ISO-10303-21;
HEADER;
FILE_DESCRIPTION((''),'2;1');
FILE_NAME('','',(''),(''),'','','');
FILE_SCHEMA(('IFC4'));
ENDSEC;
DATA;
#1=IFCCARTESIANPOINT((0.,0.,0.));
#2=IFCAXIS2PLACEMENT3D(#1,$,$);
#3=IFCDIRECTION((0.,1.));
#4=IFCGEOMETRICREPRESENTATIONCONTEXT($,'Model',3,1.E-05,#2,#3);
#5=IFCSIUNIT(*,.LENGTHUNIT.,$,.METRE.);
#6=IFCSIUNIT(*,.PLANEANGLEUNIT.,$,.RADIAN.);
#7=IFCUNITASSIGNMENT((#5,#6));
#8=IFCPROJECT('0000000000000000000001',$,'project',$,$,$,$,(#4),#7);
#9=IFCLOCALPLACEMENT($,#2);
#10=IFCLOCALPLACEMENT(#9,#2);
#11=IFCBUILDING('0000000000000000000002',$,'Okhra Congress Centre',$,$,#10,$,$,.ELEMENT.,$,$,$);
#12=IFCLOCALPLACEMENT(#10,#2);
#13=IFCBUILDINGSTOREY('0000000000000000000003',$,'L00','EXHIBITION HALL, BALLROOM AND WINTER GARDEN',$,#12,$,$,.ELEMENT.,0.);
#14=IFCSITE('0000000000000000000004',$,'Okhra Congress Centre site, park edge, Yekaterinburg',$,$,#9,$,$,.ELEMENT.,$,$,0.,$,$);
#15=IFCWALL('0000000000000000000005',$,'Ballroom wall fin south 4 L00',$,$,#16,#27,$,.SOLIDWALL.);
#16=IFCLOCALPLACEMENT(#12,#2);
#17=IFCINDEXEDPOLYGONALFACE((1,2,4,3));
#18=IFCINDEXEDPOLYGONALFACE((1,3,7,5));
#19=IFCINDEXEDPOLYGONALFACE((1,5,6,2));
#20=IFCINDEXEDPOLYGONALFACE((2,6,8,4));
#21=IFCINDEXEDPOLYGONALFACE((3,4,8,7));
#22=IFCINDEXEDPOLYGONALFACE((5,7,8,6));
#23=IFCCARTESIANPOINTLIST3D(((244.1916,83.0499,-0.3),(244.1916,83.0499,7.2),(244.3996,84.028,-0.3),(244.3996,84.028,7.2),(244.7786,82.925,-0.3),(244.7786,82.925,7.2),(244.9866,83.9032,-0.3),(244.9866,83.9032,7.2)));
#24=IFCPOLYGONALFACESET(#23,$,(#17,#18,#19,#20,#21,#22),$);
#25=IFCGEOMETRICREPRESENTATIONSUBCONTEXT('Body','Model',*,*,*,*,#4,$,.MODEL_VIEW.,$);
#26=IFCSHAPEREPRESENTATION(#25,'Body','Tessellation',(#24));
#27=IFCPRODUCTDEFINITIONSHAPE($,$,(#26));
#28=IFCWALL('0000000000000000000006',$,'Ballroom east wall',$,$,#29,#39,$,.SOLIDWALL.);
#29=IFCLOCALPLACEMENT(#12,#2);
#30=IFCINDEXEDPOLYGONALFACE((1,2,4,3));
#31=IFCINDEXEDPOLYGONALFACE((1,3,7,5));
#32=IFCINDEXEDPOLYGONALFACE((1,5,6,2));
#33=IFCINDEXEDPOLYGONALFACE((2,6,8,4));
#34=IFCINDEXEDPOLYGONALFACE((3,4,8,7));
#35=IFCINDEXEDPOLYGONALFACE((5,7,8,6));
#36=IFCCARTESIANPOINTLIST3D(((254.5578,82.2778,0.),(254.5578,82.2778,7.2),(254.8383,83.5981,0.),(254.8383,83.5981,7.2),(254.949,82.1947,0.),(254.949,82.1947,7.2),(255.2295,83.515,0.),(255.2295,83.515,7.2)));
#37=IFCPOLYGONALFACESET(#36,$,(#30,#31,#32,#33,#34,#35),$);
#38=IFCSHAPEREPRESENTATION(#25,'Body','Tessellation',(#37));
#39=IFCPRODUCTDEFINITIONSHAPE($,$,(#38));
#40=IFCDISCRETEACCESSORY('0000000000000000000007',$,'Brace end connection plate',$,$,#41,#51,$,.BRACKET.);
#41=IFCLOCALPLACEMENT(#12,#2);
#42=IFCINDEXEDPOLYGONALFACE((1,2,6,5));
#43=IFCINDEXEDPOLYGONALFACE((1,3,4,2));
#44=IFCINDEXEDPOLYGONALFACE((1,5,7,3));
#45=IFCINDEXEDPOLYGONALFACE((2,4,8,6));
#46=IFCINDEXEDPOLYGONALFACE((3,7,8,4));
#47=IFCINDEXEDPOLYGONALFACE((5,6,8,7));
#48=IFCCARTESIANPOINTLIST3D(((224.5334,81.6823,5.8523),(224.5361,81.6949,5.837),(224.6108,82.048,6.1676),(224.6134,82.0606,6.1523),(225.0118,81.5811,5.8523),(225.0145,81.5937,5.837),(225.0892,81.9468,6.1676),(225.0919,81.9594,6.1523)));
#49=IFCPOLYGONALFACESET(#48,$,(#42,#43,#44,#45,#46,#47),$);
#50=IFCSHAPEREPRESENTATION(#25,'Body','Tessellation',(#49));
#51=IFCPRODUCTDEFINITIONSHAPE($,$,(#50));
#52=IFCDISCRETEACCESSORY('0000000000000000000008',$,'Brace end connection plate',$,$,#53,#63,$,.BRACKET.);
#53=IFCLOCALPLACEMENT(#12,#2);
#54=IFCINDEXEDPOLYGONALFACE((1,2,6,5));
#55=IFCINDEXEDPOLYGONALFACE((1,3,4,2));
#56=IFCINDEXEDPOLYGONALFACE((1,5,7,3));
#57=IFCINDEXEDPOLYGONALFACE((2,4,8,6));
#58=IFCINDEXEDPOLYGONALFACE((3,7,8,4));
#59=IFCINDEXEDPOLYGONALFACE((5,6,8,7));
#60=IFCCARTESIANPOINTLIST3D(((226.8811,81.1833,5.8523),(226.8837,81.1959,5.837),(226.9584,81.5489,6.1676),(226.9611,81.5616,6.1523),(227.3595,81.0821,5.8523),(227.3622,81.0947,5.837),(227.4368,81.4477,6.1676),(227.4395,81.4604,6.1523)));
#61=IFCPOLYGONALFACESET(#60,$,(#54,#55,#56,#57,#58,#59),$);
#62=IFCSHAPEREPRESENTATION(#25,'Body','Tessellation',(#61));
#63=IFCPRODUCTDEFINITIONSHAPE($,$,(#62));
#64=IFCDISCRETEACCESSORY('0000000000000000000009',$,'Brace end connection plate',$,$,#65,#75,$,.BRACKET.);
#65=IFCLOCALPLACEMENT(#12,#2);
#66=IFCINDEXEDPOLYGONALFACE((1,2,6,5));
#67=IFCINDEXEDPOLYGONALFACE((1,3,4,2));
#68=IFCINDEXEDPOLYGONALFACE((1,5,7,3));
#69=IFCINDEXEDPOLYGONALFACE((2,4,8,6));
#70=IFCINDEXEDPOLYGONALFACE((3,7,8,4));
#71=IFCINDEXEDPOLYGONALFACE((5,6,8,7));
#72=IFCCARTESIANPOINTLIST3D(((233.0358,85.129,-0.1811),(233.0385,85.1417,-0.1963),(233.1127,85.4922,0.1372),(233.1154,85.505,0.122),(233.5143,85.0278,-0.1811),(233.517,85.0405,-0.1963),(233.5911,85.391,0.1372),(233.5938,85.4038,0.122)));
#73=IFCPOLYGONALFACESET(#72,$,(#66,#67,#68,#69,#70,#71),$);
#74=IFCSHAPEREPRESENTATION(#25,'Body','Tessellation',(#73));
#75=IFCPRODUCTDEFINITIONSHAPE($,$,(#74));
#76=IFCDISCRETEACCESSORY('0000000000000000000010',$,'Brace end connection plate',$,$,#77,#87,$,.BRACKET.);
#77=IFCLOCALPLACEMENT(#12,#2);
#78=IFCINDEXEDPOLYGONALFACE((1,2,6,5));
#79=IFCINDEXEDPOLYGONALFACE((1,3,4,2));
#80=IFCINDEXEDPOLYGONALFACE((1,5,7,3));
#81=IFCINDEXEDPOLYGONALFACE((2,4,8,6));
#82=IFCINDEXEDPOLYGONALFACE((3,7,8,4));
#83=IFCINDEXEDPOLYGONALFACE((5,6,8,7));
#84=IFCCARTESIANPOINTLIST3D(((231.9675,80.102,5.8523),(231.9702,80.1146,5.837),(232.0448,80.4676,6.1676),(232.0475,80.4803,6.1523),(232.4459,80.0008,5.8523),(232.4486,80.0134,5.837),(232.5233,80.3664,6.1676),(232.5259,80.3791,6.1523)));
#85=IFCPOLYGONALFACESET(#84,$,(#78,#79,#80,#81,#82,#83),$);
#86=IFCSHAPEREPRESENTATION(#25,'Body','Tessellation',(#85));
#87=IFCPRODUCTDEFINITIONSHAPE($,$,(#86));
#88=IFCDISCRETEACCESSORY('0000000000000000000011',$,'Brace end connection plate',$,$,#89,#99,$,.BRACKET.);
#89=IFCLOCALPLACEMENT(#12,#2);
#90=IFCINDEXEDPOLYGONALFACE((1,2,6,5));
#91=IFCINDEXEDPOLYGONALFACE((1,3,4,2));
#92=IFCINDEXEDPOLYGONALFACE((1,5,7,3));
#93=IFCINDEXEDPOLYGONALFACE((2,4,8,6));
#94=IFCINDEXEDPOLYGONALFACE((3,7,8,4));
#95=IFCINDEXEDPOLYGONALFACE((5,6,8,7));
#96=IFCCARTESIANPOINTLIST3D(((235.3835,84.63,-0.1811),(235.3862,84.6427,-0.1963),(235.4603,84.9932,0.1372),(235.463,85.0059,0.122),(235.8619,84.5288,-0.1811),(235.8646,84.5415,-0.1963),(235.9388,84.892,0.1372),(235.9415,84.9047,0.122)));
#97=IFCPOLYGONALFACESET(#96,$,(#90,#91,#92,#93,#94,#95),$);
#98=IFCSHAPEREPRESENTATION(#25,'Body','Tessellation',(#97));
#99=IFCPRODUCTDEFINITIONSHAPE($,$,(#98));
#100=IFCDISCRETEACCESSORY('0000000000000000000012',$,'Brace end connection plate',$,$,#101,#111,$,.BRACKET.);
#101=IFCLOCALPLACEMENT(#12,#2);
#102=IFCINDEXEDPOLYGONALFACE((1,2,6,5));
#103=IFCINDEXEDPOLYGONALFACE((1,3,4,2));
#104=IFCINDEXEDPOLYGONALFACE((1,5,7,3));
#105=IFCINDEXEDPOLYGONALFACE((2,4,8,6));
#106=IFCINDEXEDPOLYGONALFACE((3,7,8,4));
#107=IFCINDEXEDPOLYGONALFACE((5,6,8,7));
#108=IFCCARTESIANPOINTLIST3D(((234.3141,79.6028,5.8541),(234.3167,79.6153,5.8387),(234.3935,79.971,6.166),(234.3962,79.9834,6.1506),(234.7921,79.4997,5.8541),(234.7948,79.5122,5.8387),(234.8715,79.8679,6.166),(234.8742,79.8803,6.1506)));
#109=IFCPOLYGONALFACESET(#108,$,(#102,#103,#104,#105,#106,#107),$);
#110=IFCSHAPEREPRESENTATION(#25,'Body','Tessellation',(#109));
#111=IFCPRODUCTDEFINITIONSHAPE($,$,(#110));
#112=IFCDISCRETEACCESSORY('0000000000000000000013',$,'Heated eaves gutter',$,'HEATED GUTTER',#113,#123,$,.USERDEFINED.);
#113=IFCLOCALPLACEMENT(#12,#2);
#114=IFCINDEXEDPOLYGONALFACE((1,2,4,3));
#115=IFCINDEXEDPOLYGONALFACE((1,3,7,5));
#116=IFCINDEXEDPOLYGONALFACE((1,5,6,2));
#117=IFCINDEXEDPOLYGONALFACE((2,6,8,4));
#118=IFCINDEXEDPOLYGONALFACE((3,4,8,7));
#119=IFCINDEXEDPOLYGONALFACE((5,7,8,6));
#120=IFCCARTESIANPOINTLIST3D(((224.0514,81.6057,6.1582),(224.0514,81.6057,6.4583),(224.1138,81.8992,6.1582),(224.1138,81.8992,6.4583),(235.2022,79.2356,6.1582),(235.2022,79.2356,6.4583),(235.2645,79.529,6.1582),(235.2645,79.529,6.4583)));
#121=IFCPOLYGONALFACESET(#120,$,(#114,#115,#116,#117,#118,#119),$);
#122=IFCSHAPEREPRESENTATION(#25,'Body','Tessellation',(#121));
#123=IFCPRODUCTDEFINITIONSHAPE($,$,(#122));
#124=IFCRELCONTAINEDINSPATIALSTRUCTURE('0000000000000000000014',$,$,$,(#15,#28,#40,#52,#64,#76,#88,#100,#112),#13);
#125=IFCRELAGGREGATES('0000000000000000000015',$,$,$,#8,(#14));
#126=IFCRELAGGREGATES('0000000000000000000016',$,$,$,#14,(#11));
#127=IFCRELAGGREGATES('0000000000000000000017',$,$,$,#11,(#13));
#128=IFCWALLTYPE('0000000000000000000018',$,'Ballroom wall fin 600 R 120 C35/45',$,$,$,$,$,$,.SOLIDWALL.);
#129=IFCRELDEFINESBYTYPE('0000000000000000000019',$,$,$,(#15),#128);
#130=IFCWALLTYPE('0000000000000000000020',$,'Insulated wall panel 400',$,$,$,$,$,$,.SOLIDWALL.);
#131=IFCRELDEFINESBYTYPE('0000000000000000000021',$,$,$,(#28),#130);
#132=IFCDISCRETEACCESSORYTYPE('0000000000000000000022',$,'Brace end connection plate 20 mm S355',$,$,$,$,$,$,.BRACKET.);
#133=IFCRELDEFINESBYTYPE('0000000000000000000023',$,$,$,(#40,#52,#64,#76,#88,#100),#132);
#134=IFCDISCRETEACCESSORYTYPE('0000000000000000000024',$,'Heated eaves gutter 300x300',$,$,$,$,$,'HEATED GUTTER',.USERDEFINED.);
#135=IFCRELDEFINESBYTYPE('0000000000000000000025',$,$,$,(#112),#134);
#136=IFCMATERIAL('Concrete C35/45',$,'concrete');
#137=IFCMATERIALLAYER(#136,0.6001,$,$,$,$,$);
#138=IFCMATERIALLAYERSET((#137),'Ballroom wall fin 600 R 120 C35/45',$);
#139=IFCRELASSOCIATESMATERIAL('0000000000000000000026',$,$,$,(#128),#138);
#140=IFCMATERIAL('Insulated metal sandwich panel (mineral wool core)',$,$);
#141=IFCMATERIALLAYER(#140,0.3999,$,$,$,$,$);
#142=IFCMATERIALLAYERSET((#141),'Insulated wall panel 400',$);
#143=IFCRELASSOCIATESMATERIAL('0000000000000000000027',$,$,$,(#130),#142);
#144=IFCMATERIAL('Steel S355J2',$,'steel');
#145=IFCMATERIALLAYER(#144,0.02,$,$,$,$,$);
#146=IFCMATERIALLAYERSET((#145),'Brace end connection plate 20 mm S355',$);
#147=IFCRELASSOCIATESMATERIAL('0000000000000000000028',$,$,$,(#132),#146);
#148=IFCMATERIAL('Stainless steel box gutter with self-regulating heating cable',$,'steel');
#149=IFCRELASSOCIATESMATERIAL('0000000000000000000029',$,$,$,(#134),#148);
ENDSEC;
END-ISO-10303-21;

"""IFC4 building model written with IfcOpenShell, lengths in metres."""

from ifc_helpers import new_model, si_unit, direction, frame, frame_2d, origin, origin_2d, place, context, subcontext, project, spatial, rectangle, extrude, material, layer, layer_set, type_object, element, save


model = new_model("IFC4")

# Units and contexts
model_context = context("Model", 3, precision=1e-05, world=origin(), true_north=direction((0.0, 1.0)))
body_context = subcontext(model_context, "Body", "Model", "MODEL_VIEW")
ifc_project = project(units=[si_unit("LENGTHUNIT", "METRE"), si_unit("PLANEANGLEUNIT", "RADIAN")], contexts=[model_context])

# Site, building, storey
site_placement = place(None, origin())
site = spatial("IfcSite", under=ifc_project, at=site_placement, Name="Okhra Congress Centre site, park edge, Yekaterinburg", CompositionType="ELEMENT", RefElevation=0.0)
building_placement = place(site_placement, origin())
building = spatial("IfcBuilding", under=site, at=building_placement, Name="Okhra Congress Centre", CompositionType="ELEMENT")
storey_placement = place(building_placement, origin())
storey = spatial("IfcBuildingStorey", under=building, at=storey_placement, Name="L00", Description="EXHIBITION HALL, BALLROOM AND WINTER GARDEN", CompositionType="ELEMENT", Elevation=0.0)

# Shared definitions
ifc_material_1 = material(Name="Concrete C35/45", Category="concrete")

# Shared definitions
ifc_material_2 = material(Name="Steel S355J2", Category="steel")

# Walls
ifc_layer_1 = layer(ifc_material_1, 0.6001)
ifc_layer_set_1 = layer_set([ifc_layer_1], Name="Ballroom wall fin 600 R 120 C35/45")
wall_type_1 = type_object("IfcWallType", Name="Ballroom wall fin 600 R 120 C35/45", PredefinedType="SOLIDWALL", material=ifc_layer_set_1)
wall_1_placement = place(storey_placement, frame((244.6931, 83.9656, -0.3), z_axis=(0.0, 0.0, 1.0), x_axis=(-0.208028, -0.978123, 0.0)))
element("IfcWall", 1, at=wall_1_placement, inside=storey, type_object=wall_type_1, Name="Ballroom wall fin south 4 L00", PredefinedType="SOLIDWALL", context=body_context, shape_type="SweptSolid", body=[
    extrude(rectangle(XDim=1.0, YDim=0.6001, at=frame_2d((0.5, 0.0))), origin(), (0.0, 0.0, 1.0), 7.5),
])
ifc_material_3 = material(Name="Insulated metal sandwich panel (mineral wool core)")
ifc_layer_2 = layer(ifc_material_3, 0.3999)
ifc_layer_set_2 = layer_set([ifc_layer_2], Name="Insulated wall panel 400")
wall_type_2 = type_object("IfcWallType", Name="Insulated wall panel 400", PredefinedType="SOLIDWALL", material=ifc_layer_set_2)
wall_2_placement = place(storey_placement, frame((254.7534, 82.2363, 0.0), z_axis=(0.0, 0.0, 1.0), x_axis=(0.207824, 0.978166, 0.0)))
element("IfcWall", 2, at=wall_2_placement, inside=storey, type_object=wall_type_2, Name="Ballroom east wall", PredefinedType="SOLIDWALL", context=body_context, shape_type="SweptSolid", body=[
    extrude(rectangle(XDim=1.3499, YDim=0.3999, at=frame_2d((0.6748, 0.0))), origin(), (0.0, 0.0, 1.0), 7.2),
])

# Discrete accessories
ifc_layer_3 = layer(ifc_material_2, 0.02)
ifc_layer_set_3 = layer_set([ifc_layer_3], Name="Brace end connection plate 20 mm S355")
discrete_accessory_type_1 = type_object("IfcDiscreteAccessoryType", Name="Brace end connection plate 20 mm S355", PredefinedType="BRACKET", material=ifc_layer_set_3)
for number, where, z_axis, x_axis, name in (
    (3, (224.814, 81.8271, 5.9946), (-0.133453, -0.630871, 0.764324), (0.97835, -0.206959, 0.0), "Brace end connection plate"),
    (4, (227.1616, 81.3281, 5.9946), (-0.133453, -0.630871, 0.764324), (0.97835, -0.206959, 0.0), "Brace end connection plate"),
    (5, (233.3135, 85.26, -0.022), (0.134698, 0.636756, -0.759209), (-0.97835, 0.206959, 0.0), "Brace end connection plate"),
    (6, (232.248, 80.2468, 5.9946), (-0.133453, -0.630871, 0.764324), (0.97835, -0.206959, 0.0), "Brace end connection plate"),
    (7, (235.6611, 84.761, -0.022), (0.134698, 0.636756, -0.759209), (-0.97835, 0.206959, 0.0), "Brace end connection plate"),
    (8, (234.5955, 79.7478, 5.9946), (-0.134477, -0.623483, 0.770185), (0.977521, -0.210838, 0.0), "Brace end connection plate"),
):
    element("IfcDiscreteAccessory", number, at=place(storey_placement, frame(where, z_axis=z_axis, x_axis=x_axis)), inside=storey, type_object=discrete_accessory_type_1, Name=name, PredefinedType="BRACKET", context=body_context, shape_type="SweptSolid", body=[
        extrude(rectangle(XDim=0.489, YDim=0.489, at=origin_2d()), origin(), (0.0, 0.0, 1.0), 0.02),
    ])
ifc_material_4 = material(Name="Stainless steel box gutter with self-regulating heating cable", Category="steel")
discrete_accessory_type_2 = type_object("IfcDiscreteAccessoryType", Name="Heated eaves gutter 300x300", ElementType="HEATED GUTTER", PredefinedType="USERDEFINED", material=ifc_material_4)
discrete_accessory_placement = place(storey_placement, frame((229.658, 80.5674, 6.1582), z_axis=(0.0, 0.0, 1.0), x_axis=(0.978148, -0.207912, 0.0)))
element("IfcDiscreteAccessory", 9, at=discrete_accessory_placement, inside=storey, type_object=discrete_accessory_type_2, Name="Heated eaves gutter", ObjectType="HEATED GUTTER", PredefinedType="USERDEFINED", context=body_context, shape_type="SweptSolid", body=[
    extrude(rectangle(XDim=11.3999, YDim=0.3, at=origin_2d()), origin(), (0.0, 0.0, 1.0), 0.3),
])

save(model, "model.ifc")
